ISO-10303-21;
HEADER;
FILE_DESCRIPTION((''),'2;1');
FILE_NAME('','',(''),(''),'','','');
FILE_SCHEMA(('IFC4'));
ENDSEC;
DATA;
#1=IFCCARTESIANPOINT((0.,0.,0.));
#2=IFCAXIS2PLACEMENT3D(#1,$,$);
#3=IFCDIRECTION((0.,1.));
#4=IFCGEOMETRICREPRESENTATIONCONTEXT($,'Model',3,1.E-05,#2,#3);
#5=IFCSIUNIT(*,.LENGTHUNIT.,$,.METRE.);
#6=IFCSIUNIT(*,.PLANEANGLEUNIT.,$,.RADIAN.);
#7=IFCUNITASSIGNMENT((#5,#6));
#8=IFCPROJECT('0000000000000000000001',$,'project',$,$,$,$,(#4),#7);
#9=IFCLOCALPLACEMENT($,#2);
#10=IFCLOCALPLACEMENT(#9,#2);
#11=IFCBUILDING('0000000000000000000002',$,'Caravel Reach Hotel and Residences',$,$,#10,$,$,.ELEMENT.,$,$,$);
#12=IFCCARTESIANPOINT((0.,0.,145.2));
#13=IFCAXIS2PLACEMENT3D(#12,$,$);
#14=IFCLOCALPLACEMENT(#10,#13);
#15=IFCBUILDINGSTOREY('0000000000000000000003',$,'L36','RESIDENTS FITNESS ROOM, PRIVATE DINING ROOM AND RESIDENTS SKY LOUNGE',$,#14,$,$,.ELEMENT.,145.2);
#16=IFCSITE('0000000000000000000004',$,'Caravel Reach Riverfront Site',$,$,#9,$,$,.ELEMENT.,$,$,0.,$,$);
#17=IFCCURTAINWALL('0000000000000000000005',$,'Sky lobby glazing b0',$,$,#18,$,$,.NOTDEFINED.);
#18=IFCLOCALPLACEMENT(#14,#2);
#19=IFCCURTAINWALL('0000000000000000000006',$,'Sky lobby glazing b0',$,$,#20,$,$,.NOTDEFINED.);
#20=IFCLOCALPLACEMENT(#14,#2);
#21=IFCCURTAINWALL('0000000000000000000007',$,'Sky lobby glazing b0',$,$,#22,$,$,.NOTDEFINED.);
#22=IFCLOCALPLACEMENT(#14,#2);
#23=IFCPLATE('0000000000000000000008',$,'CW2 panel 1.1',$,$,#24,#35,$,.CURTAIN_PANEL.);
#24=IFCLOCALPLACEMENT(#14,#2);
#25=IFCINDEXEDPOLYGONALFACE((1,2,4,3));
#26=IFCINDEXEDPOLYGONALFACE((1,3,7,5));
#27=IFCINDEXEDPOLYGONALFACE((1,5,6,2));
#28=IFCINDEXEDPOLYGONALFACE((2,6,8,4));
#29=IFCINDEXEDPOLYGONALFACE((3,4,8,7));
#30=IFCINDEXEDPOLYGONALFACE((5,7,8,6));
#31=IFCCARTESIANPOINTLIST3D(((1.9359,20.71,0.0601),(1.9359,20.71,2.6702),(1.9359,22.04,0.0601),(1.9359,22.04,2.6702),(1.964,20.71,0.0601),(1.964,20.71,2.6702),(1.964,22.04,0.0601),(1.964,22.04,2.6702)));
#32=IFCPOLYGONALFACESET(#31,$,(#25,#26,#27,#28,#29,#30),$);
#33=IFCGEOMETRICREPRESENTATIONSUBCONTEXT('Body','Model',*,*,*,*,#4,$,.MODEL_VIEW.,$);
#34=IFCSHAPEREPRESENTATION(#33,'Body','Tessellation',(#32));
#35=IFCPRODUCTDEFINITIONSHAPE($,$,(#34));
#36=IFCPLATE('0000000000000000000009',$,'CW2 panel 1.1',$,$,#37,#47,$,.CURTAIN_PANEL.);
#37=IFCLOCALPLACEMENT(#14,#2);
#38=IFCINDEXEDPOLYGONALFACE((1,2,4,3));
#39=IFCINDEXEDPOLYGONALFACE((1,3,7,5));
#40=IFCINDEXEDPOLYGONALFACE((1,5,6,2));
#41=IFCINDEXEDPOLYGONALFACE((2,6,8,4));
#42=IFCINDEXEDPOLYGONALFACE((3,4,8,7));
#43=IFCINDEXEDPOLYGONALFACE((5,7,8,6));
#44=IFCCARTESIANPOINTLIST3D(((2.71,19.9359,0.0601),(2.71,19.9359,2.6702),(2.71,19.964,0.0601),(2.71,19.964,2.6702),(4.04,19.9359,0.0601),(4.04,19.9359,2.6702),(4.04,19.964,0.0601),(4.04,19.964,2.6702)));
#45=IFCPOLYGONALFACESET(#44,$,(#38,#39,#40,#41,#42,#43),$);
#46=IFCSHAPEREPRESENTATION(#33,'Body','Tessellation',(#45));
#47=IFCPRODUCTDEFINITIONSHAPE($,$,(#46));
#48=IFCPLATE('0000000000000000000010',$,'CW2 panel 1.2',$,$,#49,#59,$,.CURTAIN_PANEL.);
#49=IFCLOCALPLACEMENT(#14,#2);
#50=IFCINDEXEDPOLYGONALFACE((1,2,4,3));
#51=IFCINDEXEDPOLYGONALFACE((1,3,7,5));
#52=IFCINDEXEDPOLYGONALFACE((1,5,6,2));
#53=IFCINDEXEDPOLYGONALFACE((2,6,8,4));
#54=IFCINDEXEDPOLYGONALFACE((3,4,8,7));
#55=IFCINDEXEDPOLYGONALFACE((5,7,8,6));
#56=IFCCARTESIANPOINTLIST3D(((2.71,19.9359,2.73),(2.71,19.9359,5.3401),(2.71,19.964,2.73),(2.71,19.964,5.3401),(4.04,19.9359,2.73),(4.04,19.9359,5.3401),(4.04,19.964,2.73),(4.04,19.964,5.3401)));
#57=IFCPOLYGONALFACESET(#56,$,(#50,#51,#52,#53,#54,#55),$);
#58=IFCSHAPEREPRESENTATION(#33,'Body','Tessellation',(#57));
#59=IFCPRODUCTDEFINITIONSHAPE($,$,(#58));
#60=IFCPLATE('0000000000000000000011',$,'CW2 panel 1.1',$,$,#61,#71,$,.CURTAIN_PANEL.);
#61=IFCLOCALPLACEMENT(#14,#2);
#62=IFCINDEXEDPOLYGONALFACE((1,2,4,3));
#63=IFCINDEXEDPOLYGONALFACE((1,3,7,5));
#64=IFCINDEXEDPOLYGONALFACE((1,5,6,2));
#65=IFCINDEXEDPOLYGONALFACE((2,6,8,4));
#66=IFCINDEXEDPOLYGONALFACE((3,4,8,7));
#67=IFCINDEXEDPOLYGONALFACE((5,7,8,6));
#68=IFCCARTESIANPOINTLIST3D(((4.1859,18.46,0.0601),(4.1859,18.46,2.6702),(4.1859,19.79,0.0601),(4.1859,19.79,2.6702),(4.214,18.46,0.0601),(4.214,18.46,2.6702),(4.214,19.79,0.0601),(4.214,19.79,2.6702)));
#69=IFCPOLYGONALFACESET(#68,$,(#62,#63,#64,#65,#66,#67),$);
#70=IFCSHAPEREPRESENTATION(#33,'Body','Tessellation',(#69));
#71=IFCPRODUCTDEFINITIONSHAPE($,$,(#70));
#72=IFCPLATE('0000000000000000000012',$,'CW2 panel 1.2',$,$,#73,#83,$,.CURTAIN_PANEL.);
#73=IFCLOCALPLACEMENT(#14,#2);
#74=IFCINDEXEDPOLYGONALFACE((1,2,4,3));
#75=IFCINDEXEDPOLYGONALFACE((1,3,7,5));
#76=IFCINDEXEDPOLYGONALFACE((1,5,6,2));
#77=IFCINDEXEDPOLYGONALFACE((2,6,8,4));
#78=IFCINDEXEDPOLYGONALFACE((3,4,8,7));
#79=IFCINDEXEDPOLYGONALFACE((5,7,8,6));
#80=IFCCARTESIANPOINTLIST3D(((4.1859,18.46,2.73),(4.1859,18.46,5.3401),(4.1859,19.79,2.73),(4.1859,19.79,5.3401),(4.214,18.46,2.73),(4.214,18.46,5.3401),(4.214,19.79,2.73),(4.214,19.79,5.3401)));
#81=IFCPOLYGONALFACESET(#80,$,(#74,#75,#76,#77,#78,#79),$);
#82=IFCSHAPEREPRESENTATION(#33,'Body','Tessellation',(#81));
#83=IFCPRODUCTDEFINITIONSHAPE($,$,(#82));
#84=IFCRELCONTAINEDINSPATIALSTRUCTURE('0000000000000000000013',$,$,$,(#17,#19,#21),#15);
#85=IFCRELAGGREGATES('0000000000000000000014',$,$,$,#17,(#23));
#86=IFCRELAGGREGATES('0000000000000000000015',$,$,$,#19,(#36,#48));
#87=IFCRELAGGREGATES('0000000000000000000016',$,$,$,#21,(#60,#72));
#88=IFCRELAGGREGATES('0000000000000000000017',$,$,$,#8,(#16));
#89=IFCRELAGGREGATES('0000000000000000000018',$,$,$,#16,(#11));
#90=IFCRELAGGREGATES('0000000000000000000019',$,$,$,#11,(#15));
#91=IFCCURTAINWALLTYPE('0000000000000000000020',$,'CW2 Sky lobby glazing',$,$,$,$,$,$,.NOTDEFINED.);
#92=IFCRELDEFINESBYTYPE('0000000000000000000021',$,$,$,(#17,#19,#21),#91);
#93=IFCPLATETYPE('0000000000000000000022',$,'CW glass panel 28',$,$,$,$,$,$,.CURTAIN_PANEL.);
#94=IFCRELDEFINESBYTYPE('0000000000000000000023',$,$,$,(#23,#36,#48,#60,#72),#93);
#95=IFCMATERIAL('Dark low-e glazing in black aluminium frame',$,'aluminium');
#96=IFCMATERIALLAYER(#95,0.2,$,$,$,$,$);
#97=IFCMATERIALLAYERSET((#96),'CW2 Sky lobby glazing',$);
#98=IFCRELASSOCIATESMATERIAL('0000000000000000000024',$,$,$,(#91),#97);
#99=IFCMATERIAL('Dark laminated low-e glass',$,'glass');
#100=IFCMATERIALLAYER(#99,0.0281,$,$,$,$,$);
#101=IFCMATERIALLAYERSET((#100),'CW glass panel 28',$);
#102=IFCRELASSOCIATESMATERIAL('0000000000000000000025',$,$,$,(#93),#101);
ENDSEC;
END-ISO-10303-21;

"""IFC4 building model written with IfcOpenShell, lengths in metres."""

from ifc_helpers import new_model, si_unit, direction, frame, origin, origin_2d, place, context, subcontext, project, spatial, rectangle, extrude, material, layer, layer_set, type_object, element, aggregate, save


model = new_model("IFC4")

# Units and contexts
model_context = context("Model", 3, precision=1e-05, world=origin(), true_north=direction((0.0, 1.0)))
body_context = subcontext(model_context, "Body", "Model", "MODEL_VIEW")
ifc_project = project(units=[si_unit("LENGTHUNIT", "METRE"), si_unit("PLANEANGLEUNIT", "RADIAN")], contexts=[model_context])

# Site, building, storey
site_placement = place(None, origin())
site = spatial("IfcSite", under=ifc_project, at=site_placement, Name="Caravel Reach Riverfront Site", CompositionType="ELEMENT", RefElevation=0.0)
building_placement = place(site_placement, origin())
building = spatial("IfcBuilding", under=site, at=building_placement, Name="Caravel Reach Hotel and Residences", CompositionType="ELEMENT")
storey_placement = place(building_placement, frame((0.0, 0.0, 145.2)))
storey = spatial("IfcBuildingStorey", under=building, at=storey_placement, Name="L36", Description="RESIDENTS FITNESS ROOM, PRIVATE DINING ROOM AND RESIDENTS SKY LOUNGE", CompositionType="ELEMENT", Elevation=145.2)

# Curtain wall
ifc_material_1 = material(Name="Dark low-e glazing in black aluminium frame", Category="aluminium")
ifc_layer_1 = layer(ifc_material_1, 0.2)
ifc_layer_set_1 = layer_set([ifc_layer_1], Name="CW2 Sky lobby glazing")
curtain_wall_type = type_object("IfcCurtainWallType", Name="CW2 Sky lobby glazing", PredefinedType="NOTDEFINED", material=ifc_layer_set_1)
curtain_wall_1_placement = place(storey_placement, origin())
curtain_wall_1 = element("IfcCurtainWall", 1, at=curtain_wall_1_placement, inside=storey, type_object=curtain_wall_type, Name="Sky lobby glazing b0", PredefinedType="NOTDEFINED")

# Curtain walls
curtain_wall_2_placement = place(storey_placement, origin())
curtain_wall_2 = element("IfcCurtainWall", 2, at=curtain_wall_2_placement, inside=storey, type_object=curtain_wall_type, Name="Sky lobby glazing b0", PredefinedType="NOTDEFINED")
curtain_wall_3_placement = place(storey_placement, origin())
curtain_wall_3 = element("IfcCurtainWall", 3, at=curtain_wall_3_placement, inside=storey, type_object=curtain_wall_type, Name="Sky lobby glazing b0", PredefinedType="NOTDEFINED")

# Plates
ifc_material_2 = material(Name="Dark laminated low-e glass", Category="glass")
ifc_layer_2 = layer(ifc_material_2, 0.0281)
ifc_layer_set_2 = layer_set([ifc_layer_2], Name="CW glass panel 28")
plate_type = type_object("IfcPlateType", Name="CW glass panel 28", PredefinedType="CURTAIN_PANEL", material=ifc_layer_set_2)
plate_1_placement = place(storey_placement, frame((1.95, 21.375, 0.0601), z_axis=(0.0, 0.0, 1.0), x_axis=(0.0, -1.0, 0.0)))
plate_1 = element("IfcPlate", 4, at=plate_1_placement, type_object=plate_type, Name="CW2 panel 1.1", PredefinedType="CURTAIN_PANEL", context=body_context, shape_type="SweptSolid", body=[
    extrude(rectangle(XDim=1.3301, YDim=0.0281, at=origin_2d()), origin(), (0.0, 0.0, 1.0), 2.6101),
])
aggregate(curtain_wall_1, [plate_1])
plate_2_placement = place(storey_placement, frame((3.375, 19.95, 0.0601), z_axis=(0.0, 0.0, 1.0), x_axis=(1.0, 0.0, 0.0)))
plate_2 = element("IfcPlate", 5, at=plate_2_placement, type_object=plate_type, Name="CW2 panel 1.1", PredefinedType="CURTAIN_PANEL", context=body_context, shape_type="SweptSolid", body=[
    extrude(rectangle(XDim=1.3301, YDim=0.0281, at=origin_2d()), origin(), (0.0, 0.0, 1.0), 2.6101),
])
plate_3_placement = place(storey_placement, frame((3.375, 19.95, 2.73), z_axis=(0.0, 0.0, 1.0), x_axis=(1.0, 0.0, 0.0)))
plate_3 = element("IfcPlate", 6, at=plate_3_placement, type_object=plate_type, Name="CW2 panel 1.2", PredefinedType="CURTAIN_PANEL", context=body_context, shape_type="SweptSolid", body=[
    extrude(rectangle(XDim=1.3301, YDim=0.0281, at=origin_2d()), origin(), (0.0, 0.0, 1.0), 2.6101),
])
aggregate(curtain_wall_2, [plate_2, plate_3])
plate_4_placement = place(storey_placement, frame((4.2, 19.125, 0.0601), z_axis=(0.0, 0.0, 1.0), x_axis=(0.0, -1.0, 0.0)))
plate_4 = element("IfcPlate", 7, at=plate_4_placement, type_object=plate_type, Name="CW2 panel 1.1", PredefinedType="CURTAIN_PANEL", context=body_context, shape_type="SweptSolid", body=[
    extrude(rectangle(XDim=1.3301, YDim=0.0281, at=origin_2d()), origin(), (0.0, 0.0, 1.0), 2.6101),
])
plate_5_placement = place(storey_placement, frame((4.2, 19.125, 2.73), z_axis=(0.0, 0.0, 1.0), x_axis=(0.0, -1.0, 0.0)))
plate_5 = element("IfcPlate", 8, at=plate_5_placement, type_object=plate_type, Name="CW2 panel 1.2", PredefinedType="CURTAIN_PANEL", context=body_context, shape_type="SweptSolid", body=[
    extrude(rectangle(XDim=1.3301, YDim=0.0281, at=origin_2d()), origin(), (0.0, 0.0, 1.0), 2.6101),
])
aggregate(curtain_wall_3, [plate_4, plate_5])

save(model, "model.ifc")
